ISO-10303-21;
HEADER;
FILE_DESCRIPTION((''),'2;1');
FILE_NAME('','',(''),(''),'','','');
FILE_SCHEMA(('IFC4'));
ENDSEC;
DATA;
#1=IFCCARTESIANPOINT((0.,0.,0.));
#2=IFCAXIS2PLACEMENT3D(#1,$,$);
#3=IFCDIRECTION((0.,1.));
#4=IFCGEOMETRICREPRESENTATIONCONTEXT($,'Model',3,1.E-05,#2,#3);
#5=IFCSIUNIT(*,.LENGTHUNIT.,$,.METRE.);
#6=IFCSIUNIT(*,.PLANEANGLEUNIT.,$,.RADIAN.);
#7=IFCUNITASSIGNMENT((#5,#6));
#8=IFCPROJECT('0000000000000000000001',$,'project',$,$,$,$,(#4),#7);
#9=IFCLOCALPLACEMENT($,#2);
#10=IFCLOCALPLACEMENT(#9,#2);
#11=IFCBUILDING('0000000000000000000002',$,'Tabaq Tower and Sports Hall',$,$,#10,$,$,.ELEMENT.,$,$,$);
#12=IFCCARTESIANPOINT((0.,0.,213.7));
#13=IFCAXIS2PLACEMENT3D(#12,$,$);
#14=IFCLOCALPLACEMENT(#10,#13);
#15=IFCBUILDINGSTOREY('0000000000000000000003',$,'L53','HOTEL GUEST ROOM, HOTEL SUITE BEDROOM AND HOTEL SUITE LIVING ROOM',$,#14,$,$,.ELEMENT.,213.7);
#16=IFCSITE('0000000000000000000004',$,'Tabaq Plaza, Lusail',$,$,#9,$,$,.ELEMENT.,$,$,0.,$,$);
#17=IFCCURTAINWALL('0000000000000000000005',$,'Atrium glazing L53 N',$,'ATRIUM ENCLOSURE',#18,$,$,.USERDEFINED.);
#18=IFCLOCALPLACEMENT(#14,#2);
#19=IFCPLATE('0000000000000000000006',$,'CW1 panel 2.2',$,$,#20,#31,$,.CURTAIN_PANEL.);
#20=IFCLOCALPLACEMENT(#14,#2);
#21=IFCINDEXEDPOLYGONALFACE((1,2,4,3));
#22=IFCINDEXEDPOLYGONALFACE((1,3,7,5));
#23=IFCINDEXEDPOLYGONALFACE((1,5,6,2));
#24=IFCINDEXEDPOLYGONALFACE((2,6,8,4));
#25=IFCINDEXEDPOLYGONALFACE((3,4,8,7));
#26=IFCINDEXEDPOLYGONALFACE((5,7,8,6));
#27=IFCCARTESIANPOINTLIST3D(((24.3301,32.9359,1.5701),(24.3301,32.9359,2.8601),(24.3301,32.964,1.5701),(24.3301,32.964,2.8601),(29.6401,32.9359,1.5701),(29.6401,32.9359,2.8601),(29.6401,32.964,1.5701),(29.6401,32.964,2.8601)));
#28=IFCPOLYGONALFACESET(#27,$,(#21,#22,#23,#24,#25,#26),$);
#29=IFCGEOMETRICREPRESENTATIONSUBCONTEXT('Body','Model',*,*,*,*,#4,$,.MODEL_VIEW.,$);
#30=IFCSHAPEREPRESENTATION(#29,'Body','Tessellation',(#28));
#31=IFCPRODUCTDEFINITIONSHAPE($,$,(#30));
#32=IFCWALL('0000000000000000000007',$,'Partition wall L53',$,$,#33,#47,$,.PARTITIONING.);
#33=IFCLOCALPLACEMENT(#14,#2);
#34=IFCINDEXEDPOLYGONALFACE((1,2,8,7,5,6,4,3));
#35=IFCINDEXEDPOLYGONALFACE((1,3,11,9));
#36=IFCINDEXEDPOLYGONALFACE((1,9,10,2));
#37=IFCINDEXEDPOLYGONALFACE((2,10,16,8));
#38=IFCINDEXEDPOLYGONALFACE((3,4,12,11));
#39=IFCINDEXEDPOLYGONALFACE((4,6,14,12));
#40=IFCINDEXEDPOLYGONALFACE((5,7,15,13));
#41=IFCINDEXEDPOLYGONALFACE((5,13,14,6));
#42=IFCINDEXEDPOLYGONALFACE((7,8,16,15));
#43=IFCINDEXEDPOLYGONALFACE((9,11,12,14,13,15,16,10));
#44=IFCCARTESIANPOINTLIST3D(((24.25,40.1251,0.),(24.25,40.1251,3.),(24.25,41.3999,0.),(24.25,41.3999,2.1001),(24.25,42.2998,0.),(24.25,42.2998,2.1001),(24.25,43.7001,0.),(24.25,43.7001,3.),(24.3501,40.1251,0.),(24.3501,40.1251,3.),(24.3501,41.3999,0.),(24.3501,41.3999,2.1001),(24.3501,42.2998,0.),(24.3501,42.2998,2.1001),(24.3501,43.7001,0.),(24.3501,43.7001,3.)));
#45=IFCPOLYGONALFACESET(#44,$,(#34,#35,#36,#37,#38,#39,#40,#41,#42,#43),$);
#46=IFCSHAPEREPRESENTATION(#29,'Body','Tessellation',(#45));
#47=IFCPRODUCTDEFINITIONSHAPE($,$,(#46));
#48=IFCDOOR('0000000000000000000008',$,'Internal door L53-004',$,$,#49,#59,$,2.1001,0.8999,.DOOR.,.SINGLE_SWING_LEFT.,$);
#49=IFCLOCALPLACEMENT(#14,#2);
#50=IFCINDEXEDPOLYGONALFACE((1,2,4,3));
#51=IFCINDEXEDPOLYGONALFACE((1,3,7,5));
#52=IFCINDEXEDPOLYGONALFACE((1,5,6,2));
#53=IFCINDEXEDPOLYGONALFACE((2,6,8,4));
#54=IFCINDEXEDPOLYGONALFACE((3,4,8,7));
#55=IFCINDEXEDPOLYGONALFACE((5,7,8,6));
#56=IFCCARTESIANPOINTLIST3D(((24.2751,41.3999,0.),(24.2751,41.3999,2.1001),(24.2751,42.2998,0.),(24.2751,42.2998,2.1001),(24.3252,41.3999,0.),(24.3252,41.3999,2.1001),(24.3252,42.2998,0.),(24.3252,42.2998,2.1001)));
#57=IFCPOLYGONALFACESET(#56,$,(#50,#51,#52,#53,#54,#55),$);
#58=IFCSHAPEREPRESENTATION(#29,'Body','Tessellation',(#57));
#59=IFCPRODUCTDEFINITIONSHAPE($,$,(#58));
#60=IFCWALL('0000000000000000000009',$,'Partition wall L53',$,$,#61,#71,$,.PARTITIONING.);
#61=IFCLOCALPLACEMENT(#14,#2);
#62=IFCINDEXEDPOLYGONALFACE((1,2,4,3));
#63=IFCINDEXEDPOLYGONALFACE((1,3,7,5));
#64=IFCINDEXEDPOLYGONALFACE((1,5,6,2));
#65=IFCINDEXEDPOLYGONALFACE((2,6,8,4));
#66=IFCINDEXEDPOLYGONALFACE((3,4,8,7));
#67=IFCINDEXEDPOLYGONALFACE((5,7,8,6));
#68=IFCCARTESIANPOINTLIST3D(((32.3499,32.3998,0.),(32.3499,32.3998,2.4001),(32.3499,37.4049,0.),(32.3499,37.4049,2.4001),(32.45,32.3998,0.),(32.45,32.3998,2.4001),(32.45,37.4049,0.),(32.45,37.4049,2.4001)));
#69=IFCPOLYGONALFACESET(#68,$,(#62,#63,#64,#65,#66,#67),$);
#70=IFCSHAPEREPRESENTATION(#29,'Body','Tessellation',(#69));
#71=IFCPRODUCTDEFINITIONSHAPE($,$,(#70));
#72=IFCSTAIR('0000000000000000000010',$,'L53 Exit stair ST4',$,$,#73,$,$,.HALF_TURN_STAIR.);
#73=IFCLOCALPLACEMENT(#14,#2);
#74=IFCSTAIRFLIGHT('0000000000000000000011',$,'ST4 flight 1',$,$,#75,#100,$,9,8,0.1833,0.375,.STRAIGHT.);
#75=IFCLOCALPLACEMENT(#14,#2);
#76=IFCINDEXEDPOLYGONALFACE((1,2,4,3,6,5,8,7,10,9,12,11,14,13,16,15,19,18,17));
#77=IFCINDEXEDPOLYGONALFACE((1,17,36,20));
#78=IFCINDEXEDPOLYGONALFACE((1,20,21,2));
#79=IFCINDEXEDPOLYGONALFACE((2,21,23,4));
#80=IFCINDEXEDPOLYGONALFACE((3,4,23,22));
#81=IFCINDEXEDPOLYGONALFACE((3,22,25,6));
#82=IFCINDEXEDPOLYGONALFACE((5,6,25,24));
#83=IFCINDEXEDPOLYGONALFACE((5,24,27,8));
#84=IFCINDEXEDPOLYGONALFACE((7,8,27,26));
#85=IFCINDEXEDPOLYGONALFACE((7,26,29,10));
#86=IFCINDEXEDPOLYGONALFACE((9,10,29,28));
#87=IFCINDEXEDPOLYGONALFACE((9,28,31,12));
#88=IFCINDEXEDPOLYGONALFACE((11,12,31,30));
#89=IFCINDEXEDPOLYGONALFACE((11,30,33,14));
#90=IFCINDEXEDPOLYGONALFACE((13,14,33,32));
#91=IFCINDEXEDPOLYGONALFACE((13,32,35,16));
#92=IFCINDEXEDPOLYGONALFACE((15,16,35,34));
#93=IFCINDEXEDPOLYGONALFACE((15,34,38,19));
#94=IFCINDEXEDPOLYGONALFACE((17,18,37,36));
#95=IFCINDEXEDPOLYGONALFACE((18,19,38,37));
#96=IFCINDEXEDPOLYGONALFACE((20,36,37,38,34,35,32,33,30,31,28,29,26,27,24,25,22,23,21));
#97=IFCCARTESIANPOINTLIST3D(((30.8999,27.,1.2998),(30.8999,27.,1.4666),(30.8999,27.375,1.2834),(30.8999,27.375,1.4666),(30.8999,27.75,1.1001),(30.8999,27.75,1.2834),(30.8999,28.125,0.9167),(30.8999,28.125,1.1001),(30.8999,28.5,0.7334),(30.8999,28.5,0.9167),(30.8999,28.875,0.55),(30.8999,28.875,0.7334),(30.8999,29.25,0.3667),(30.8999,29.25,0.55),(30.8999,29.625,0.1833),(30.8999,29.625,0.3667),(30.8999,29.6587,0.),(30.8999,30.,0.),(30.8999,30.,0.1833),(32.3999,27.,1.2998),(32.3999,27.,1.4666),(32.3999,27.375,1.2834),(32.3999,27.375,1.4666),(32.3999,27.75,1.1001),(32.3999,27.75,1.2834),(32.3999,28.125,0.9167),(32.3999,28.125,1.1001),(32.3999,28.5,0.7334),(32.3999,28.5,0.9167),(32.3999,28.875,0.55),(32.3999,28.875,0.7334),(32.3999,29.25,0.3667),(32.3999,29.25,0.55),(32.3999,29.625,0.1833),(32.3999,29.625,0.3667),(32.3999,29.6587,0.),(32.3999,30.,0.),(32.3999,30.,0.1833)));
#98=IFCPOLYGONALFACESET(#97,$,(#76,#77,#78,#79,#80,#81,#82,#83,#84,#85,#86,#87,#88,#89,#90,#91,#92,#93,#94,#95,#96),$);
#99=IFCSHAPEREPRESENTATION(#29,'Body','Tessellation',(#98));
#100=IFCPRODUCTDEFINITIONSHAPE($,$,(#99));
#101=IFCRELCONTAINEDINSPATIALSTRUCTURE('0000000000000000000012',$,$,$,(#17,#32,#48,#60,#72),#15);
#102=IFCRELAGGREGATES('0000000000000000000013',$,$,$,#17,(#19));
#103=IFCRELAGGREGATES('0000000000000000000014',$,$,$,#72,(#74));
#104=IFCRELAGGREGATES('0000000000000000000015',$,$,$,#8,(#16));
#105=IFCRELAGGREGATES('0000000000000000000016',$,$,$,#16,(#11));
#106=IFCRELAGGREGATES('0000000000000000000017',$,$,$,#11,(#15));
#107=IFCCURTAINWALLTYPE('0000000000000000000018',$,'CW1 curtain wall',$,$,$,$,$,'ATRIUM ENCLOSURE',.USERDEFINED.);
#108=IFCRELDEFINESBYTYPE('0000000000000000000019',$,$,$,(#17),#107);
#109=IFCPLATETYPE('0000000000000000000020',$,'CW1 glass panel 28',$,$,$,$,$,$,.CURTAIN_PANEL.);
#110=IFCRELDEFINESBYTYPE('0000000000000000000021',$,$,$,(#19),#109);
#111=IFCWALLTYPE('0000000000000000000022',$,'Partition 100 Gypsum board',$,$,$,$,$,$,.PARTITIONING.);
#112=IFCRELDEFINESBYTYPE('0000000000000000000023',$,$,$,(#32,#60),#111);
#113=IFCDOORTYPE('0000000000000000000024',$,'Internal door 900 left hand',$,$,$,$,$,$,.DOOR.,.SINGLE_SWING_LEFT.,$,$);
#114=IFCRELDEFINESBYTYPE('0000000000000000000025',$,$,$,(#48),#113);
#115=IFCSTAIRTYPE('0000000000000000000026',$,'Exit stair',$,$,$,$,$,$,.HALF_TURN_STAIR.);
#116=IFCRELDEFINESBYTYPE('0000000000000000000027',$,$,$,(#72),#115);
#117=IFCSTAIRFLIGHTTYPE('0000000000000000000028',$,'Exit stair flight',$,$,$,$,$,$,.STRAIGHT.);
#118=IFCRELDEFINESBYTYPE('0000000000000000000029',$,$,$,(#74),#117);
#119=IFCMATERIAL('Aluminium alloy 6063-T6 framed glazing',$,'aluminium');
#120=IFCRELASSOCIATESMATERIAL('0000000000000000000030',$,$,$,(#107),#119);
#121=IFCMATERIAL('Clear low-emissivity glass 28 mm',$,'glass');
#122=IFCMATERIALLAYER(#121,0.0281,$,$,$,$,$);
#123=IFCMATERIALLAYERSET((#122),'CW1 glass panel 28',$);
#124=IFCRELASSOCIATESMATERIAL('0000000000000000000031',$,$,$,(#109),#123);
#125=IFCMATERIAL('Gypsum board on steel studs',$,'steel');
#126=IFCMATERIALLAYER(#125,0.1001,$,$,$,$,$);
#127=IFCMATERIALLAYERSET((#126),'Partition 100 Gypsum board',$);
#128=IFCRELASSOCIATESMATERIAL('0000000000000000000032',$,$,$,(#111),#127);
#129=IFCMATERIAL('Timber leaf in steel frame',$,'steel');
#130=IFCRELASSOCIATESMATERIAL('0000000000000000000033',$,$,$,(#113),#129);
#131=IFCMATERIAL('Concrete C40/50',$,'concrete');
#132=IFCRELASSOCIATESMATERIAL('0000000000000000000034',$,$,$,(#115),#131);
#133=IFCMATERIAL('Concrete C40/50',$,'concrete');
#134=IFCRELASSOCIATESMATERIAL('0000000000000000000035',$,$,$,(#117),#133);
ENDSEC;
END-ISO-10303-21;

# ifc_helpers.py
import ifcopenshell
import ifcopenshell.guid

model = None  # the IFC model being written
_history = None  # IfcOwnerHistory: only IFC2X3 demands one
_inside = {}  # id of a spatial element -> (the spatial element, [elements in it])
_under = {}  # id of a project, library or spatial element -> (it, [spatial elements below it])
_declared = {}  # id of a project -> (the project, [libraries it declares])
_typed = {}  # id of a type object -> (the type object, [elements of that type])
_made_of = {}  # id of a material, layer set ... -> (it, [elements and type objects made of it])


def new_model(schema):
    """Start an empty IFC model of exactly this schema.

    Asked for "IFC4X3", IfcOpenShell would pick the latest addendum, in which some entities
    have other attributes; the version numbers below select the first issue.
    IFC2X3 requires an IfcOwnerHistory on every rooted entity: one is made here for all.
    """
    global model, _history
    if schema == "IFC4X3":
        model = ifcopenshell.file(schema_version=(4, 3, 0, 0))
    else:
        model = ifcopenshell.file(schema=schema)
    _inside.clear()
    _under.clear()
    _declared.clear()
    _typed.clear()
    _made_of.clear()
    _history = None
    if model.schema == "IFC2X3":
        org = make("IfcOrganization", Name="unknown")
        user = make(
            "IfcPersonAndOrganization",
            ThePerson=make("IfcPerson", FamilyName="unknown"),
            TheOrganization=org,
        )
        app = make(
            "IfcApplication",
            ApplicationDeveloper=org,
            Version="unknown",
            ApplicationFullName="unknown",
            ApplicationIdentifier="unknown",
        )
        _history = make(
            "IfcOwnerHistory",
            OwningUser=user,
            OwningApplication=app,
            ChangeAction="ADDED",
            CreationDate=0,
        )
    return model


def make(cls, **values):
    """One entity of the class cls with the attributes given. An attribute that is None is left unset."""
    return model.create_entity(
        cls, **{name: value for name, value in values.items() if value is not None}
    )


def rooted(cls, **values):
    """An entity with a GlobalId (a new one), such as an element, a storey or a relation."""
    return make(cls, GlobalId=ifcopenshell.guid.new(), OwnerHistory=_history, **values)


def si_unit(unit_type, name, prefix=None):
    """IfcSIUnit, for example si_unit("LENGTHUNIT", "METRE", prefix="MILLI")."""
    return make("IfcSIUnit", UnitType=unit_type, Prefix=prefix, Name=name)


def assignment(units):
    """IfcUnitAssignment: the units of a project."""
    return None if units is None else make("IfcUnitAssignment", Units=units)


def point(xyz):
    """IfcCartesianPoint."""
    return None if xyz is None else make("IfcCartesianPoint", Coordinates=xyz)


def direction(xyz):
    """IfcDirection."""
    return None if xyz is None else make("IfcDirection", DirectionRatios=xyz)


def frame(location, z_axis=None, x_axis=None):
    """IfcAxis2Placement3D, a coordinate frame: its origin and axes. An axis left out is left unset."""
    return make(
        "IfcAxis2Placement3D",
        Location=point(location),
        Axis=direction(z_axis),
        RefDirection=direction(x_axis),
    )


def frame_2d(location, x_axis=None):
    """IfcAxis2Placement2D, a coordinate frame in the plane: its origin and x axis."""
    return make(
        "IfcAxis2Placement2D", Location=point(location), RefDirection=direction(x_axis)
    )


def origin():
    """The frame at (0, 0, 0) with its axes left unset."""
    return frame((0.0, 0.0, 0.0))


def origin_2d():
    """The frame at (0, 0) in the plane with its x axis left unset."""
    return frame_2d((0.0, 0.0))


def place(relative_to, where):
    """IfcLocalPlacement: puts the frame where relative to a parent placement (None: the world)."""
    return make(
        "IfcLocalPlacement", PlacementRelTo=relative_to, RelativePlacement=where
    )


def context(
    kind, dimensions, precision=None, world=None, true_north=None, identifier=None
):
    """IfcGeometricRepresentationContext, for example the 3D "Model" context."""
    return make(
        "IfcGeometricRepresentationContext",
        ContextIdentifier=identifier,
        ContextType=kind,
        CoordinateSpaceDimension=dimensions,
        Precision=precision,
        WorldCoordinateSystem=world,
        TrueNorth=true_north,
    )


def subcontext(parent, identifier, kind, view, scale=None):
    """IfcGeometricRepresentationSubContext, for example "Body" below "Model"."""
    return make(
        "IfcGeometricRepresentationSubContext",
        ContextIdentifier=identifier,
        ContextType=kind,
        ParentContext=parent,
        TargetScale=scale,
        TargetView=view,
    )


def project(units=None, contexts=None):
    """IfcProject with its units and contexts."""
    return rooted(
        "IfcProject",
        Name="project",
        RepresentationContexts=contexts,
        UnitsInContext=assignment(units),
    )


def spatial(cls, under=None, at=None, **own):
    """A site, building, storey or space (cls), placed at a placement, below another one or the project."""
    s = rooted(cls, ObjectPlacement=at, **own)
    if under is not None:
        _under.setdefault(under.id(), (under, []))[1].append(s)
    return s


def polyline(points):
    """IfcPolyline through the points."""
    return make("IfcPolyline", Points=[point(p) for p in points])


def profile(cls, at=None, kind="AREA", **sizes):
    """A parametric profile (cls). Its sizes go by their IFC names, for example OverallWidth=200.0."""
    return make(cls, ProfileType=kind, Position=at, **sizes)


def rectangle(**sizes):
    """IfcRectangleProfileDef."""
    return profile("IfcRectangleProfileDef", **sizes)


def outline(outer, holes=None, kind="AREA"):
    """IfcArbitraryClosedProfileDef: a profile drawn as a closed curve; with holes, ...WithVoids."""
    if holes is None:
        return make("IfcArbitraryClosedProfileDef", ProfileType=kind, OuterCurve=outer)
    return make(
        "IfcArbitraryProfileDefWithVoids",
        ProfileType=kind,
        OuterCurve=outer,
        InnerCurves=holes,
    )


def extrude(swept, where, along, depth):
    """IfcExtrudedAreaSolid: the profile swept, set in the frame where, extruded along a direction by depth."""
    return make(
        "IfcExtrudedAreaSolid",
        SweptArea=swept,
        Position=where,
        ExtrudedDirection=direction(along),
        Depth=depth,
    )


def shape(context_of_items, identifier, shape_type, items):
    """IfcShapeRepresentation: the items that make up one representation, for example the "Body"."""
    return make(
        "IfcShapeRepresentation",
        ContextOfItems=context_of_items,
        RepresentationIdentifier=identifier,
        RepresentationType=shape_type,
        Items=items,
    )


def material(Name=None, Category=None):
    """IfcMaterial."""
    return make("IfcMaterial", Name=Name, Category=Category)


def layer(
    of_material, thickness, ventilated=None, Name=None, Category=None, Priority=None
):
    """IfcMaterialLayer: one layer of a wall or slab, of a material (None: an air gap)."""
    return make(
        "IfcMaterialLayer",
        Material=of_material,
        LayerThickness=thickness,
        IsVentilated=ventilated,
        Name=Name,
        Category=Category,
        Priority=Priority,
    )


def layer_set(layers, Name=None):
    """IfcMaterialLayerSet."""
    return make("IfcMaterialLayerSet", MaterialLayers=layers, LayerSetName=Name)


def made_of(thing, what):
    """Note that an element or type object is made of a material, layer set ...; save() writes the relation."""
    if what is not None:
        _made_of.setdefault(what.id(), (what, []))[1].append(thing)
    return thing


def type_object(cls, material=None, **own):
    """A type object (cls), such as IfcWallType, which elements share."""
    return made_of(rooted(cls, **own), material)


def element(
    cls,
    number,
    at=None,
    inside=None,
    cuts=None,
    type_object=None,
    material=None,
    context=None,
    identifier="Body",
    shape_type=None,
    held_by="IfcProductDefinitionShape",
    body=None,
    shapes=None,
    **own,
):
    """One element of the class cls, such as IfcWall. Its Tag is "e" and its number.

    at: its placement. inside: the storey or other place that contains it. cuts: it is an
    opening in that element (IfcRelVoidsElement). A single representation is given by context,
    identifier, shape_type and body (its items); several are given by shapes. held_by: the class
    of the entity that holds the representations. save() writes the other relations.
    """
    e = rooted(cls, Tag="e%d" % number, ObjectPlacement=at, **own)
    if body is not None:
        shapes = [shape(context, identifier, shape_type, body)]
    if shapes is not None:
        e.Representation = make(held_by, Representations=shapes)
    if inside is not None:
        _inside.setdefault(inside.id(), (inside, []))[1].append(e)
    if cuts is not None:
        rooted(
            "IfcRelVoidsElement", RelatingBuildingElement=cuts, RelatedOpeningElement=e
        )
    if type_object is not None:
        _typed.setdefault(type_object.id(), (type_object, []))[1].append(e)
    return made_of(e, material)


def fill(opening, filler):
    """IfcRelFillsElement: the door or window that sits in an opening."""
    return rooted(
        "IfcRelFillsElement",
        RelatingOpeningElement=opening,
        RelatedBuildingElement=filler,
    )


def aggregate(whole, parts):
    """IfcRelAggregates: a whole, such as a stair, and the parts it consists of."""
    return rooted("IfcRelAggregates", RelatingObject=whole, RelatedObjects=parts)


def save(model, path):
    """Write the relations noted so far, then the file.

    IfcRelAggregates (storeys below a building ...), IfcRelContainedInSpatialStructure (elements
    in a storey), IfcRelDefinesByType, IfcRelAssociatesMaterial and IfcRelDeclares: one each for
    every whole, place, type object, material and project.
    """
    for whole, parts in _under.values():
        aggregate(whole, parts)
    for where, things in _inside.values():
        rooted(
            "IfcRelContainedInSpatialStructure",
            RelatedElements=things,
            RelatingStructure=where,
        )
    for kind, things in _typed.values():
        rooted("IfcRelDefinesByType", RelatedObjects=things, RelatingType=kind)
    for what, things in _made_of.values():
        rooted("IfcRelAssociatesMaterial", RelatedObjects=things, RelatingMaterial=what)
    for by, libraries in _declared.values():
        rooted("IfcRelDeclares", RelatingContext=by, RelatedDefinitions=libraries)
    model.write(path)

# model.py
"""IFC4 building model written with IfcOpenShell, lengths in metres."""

from ifc_helpers import new_model, si_unit, direction, frame, frame_2d, origin, origin_2d, place, context, subcontext, project, spatial, polyline, rectangle, outline, extrude, material, layer, layer_set, type_object, element, fill, aggregate, save


model = new_model("IFC4")

# Units and contexts
model_context = context("Model", 3, precision=1e-05, world=origin(), true_north=direction((0.0, 1.0)))
body_context = subcontext(model_context, "Body", "Model", "MODEL_VIEW")
ifc_project = project(units=[si_unit("LENGTHUNIT", "METRE"), si_unit("PLANEANGLEUNIT", "RADIAN")], contexts=[model_context])

# Site, building, storey
site_placement = place(None, origin())
site = spatial("IfcSite", under=ifc_project, at=site_placement, Name="Tabaq Plaza, Lusail", CompositionType="ELEMENT", RefElevation=0.0)
building_placement = place(site_placement, origin())
building = spatial("IfcBuilding", under=site, at=building_placement, Name="Tabaq Tower and Sports Hall", CompositionType="ELEMENT")
storey_placement = place(building_placement, frame((0.0, 0.0, 213.7)))
storey = spatial("IfcBuildingStorey", under=building, at=storey_placement, Name="L53", Description="HOTEL GUEST ROOM, HOTEL SUITE BEDROOM AND HOTEL SUITE LIVING ROOM", CompositionType="ELEMENT", Elevation=213.7)

# Curtain wall
ifc_material_1 = material(Name="Aluminium alloy 6063-T6 framed glazing", Category="aluminium")
curtain_wall_type = type_object("IfcCurtainWallType", Name="CW1 curtain wall", ElementType="ATRIUM ENCLOSURE", PredefinedType="USERDEFINED", material=ifc_material_1)
curtain_wall_placement = place(storey_placement, origin())
curtain_wall = element("IfcCurtainWall", 1, at=curtain_wall_placement, inside=storey, type_object=curtain_wall_type, Name="Atrium glazing L53 N", ObjectType="ATRIUM ENCLOSURE", PredefinedType="USERDEFINED")

# Plate
ifc_material_2 = material(Name="Clear low-emissivity glass 28 mm", Category="glass")
ifc_layer_1 = layer(ifc_material_2, 0.0281)
ifc_layer_set_1 = layer_set([ifc_layer_1], Name="CW1 glass panel 28")
plate_type = type_object("IfcPlateType", Name="CW1 glass panel 28", PredefinedType="CURTAIN_PANEL", material=ifc_layer_set_1)
plate_1_placement = place(storey_placement, frame((26.9851, 32.95, 1.5701), z_axis=(0.0, 0.0, 1.0), x_axis=(1.0, 0.0, 0.0)))
plate_1 = element("IfcPlate", 2, at=plate_1_placement, type_object=plate_type, Name="CW1 panel 2.2", PredefinedType="CURTAIN_PANEL", context=body_context, shape_type="SweptSolid", body=[
    extrude(rectangle(XDim=5.3101, YDim=0.0281, at=origin_2d()), origin(), (0.0, 0.0, 1.0), 1.29),
])
aggregate(curtain_wall, [plate_1])

# Wall, opening, door
ifc_material_3 = material(Name="Gypsum board on steel studs", Category="steel")
ifc_layer_2 = layer(ifc_material_3, 0.1001)
ifc_layer_set_2 = layer_set([ifc_layer_2], Name="Partition 100 Gypsum board")
wall_type_1 = type_object("IfcWallType", Name="Partition 100 Gypsum board", PredefinedType="PARTITIONING", material=ifc_layer_set_2)
wall_1_placement = place(storey_placement, frame((24.3, 40.125, 0.0), z_axis=(0.0, 0.0, 1.0), x_axis=(0.0, 1.0, 0.0)))
wall_1 = element("IfcWall", 3, at=wall_1_placement, inside=storey, type_object=wall_type_1, Name="Partition wall L53", PredefinedType="PARTITIONING", context=body_context, shape_type="SweptSolid", body=[
    extrude(rectangle(XDim=3.575, YDim=0.1001, at=frame_2d((1.7876, 0.0))), origin(), (0.0, 0.0, 1.0), 3.0),
])
opening_1_placement = place(wall_1_placement, frame((1.2749, 0.0, 0.0)))
opening_1 = element("IfcOpeningElement", 4, at=opening_1_placement, cuts=wall_1, PredefinedType="OPENING", context=body_context, shape_type="SweptSolid", body=[
    extrude(rectangle(XDim=0.8999, YDim=2.1001, at=frame_2d((0.45, 1.05))), frame((0.0, 0.05, 0.0), z_axis=(0.0, -1.0, 0.0), x_axis=(1.0, 0.0, 0.0)), (0.0, 0.0, 1.0), 0.1001),
])
ifc_material_4 = material(Name="Timber leaf in steel frame", Category="steel")
door_type_1 = type_object("IfcDoorType", Name="Internal door 900 left hand", OperationType="SINGLE_SWING_LEFT", PredefinedType="DOOR", material=ifc_material_4)
door_1_placement = place(opening_1_placement, origin())
door_1 = element("IfcDoor", 5, at=door_1_placement, inside=storey, type_object=door_type_1, Name="Internal door L53-004", OperationType="SINGLE_SWING_LEFT", OverallHeight=2.1001, OverallWidth=0.8999, PredefinedType="DOOR", context=body_context, shape_type="SweptSolid", body=[
    extrude(rectangle(XDim=0.8999, YDim=2.1001, at=frame_2d((0.45, 1.05))), frame((0.0, 0.0249, 0.0), z_axis=(0.0, -1.0, 0.0), x_axis=(1.0, 0.0, 0.0)), (0.0, 0.0, 1.0), 0.05),
])
fill(opening_1, door_1)

# Wall
wall_2_placement = place(storey_placement, frame((32.3999, 32.3999, 0.0), z_axis=(0.0, 0.0, 1.0), x_axis=(0.0, 1.0, 0.0)))
element("IfcWall", 6, at=wall_2_placement, inside=storey, type_object=wall_type_1, Name="Partition wall L53", PredefinedType="PARTITIONING", context=body_context, shape_type="SweptSolid", body=[
    extrude(rectangle(XDim=5.0051, YDim=0.1001, at=frame_2d((2.5024, 0.0))), origin(), (0.0, 0.0, 1.0), 2.4001),
])

# Stair, stair flight
ifc_material_5 = material(Name="Concrete C40/50", Category="concrete")
stair_type = type_object("IfcStairType", Name="Exit stair", PredefinedType="HALF_TURN_STAIR", material=ifc_material_5)
stair_placement = place(storey_placement, origin())
stair = element("IfcStair", 7, at=stair_placement, inside=storey, type_object=stair_type, Name="L53 Exit stair ST4", PredefinedType="HALF_TURN_STAIR")
ifc_material_6 = material(Name="Concrete C40/50", Category="concrete")
stair_flight_type = type_object("IfcStairFlightType", Name="Exit stair flight", PredefinedType="STRAIGHT", material=ifc_material_6)
stair_flight_placement = place(storey_placement, frame((31.6499, 30.0, 0.0), z_axis=(0.0, 0.0, 1.0), x_axis=(0.0, -1.0, 0.0)))
stair_flight = element("IfcStairFlight", 8, at=stair_flight_placement, type_object=stair_flight_type, Name="ST4 flight 1", NumberOfRisers=9, NumberOfTreads=8, PredefinedType="STRAIGHT", RiserHeight=0.1833, TreadLength=0.375, context=body_context, shape_type="SweptSolid", body=[
    extrude(outline(polyline([(0.0, 0.0), (0.0, 0.1833), (0.375, 0.1833), (0.375, 0.3667), (0.75, 0.3667), (0.75, 0.55), (1.125, 0.55), (1.125, 0.7334), (1.5, 0.7334), (1.5, 0.9167), (1.875, 0.9167), (1.875, 1.1001), (2.25, 1.1001), (2.25, 1.2834), (2.625, 1.2834), (2.625, 1.4666), (3.0, 1.4666), (3.0, 1.6499), (3.0, 1.2998), (0.3413, 0.0), (0.0, 0.0)])), frame((0.0, 0.75, 0.0), z_axis=(0.0, -1.0, 0.0), x_axis=(1.0, 0.0, 0.0)), (0.0, 0.0, 1.0), 1.5),
])
aggregate(stair, [stair_flight])

save(model, "model.ifc")
